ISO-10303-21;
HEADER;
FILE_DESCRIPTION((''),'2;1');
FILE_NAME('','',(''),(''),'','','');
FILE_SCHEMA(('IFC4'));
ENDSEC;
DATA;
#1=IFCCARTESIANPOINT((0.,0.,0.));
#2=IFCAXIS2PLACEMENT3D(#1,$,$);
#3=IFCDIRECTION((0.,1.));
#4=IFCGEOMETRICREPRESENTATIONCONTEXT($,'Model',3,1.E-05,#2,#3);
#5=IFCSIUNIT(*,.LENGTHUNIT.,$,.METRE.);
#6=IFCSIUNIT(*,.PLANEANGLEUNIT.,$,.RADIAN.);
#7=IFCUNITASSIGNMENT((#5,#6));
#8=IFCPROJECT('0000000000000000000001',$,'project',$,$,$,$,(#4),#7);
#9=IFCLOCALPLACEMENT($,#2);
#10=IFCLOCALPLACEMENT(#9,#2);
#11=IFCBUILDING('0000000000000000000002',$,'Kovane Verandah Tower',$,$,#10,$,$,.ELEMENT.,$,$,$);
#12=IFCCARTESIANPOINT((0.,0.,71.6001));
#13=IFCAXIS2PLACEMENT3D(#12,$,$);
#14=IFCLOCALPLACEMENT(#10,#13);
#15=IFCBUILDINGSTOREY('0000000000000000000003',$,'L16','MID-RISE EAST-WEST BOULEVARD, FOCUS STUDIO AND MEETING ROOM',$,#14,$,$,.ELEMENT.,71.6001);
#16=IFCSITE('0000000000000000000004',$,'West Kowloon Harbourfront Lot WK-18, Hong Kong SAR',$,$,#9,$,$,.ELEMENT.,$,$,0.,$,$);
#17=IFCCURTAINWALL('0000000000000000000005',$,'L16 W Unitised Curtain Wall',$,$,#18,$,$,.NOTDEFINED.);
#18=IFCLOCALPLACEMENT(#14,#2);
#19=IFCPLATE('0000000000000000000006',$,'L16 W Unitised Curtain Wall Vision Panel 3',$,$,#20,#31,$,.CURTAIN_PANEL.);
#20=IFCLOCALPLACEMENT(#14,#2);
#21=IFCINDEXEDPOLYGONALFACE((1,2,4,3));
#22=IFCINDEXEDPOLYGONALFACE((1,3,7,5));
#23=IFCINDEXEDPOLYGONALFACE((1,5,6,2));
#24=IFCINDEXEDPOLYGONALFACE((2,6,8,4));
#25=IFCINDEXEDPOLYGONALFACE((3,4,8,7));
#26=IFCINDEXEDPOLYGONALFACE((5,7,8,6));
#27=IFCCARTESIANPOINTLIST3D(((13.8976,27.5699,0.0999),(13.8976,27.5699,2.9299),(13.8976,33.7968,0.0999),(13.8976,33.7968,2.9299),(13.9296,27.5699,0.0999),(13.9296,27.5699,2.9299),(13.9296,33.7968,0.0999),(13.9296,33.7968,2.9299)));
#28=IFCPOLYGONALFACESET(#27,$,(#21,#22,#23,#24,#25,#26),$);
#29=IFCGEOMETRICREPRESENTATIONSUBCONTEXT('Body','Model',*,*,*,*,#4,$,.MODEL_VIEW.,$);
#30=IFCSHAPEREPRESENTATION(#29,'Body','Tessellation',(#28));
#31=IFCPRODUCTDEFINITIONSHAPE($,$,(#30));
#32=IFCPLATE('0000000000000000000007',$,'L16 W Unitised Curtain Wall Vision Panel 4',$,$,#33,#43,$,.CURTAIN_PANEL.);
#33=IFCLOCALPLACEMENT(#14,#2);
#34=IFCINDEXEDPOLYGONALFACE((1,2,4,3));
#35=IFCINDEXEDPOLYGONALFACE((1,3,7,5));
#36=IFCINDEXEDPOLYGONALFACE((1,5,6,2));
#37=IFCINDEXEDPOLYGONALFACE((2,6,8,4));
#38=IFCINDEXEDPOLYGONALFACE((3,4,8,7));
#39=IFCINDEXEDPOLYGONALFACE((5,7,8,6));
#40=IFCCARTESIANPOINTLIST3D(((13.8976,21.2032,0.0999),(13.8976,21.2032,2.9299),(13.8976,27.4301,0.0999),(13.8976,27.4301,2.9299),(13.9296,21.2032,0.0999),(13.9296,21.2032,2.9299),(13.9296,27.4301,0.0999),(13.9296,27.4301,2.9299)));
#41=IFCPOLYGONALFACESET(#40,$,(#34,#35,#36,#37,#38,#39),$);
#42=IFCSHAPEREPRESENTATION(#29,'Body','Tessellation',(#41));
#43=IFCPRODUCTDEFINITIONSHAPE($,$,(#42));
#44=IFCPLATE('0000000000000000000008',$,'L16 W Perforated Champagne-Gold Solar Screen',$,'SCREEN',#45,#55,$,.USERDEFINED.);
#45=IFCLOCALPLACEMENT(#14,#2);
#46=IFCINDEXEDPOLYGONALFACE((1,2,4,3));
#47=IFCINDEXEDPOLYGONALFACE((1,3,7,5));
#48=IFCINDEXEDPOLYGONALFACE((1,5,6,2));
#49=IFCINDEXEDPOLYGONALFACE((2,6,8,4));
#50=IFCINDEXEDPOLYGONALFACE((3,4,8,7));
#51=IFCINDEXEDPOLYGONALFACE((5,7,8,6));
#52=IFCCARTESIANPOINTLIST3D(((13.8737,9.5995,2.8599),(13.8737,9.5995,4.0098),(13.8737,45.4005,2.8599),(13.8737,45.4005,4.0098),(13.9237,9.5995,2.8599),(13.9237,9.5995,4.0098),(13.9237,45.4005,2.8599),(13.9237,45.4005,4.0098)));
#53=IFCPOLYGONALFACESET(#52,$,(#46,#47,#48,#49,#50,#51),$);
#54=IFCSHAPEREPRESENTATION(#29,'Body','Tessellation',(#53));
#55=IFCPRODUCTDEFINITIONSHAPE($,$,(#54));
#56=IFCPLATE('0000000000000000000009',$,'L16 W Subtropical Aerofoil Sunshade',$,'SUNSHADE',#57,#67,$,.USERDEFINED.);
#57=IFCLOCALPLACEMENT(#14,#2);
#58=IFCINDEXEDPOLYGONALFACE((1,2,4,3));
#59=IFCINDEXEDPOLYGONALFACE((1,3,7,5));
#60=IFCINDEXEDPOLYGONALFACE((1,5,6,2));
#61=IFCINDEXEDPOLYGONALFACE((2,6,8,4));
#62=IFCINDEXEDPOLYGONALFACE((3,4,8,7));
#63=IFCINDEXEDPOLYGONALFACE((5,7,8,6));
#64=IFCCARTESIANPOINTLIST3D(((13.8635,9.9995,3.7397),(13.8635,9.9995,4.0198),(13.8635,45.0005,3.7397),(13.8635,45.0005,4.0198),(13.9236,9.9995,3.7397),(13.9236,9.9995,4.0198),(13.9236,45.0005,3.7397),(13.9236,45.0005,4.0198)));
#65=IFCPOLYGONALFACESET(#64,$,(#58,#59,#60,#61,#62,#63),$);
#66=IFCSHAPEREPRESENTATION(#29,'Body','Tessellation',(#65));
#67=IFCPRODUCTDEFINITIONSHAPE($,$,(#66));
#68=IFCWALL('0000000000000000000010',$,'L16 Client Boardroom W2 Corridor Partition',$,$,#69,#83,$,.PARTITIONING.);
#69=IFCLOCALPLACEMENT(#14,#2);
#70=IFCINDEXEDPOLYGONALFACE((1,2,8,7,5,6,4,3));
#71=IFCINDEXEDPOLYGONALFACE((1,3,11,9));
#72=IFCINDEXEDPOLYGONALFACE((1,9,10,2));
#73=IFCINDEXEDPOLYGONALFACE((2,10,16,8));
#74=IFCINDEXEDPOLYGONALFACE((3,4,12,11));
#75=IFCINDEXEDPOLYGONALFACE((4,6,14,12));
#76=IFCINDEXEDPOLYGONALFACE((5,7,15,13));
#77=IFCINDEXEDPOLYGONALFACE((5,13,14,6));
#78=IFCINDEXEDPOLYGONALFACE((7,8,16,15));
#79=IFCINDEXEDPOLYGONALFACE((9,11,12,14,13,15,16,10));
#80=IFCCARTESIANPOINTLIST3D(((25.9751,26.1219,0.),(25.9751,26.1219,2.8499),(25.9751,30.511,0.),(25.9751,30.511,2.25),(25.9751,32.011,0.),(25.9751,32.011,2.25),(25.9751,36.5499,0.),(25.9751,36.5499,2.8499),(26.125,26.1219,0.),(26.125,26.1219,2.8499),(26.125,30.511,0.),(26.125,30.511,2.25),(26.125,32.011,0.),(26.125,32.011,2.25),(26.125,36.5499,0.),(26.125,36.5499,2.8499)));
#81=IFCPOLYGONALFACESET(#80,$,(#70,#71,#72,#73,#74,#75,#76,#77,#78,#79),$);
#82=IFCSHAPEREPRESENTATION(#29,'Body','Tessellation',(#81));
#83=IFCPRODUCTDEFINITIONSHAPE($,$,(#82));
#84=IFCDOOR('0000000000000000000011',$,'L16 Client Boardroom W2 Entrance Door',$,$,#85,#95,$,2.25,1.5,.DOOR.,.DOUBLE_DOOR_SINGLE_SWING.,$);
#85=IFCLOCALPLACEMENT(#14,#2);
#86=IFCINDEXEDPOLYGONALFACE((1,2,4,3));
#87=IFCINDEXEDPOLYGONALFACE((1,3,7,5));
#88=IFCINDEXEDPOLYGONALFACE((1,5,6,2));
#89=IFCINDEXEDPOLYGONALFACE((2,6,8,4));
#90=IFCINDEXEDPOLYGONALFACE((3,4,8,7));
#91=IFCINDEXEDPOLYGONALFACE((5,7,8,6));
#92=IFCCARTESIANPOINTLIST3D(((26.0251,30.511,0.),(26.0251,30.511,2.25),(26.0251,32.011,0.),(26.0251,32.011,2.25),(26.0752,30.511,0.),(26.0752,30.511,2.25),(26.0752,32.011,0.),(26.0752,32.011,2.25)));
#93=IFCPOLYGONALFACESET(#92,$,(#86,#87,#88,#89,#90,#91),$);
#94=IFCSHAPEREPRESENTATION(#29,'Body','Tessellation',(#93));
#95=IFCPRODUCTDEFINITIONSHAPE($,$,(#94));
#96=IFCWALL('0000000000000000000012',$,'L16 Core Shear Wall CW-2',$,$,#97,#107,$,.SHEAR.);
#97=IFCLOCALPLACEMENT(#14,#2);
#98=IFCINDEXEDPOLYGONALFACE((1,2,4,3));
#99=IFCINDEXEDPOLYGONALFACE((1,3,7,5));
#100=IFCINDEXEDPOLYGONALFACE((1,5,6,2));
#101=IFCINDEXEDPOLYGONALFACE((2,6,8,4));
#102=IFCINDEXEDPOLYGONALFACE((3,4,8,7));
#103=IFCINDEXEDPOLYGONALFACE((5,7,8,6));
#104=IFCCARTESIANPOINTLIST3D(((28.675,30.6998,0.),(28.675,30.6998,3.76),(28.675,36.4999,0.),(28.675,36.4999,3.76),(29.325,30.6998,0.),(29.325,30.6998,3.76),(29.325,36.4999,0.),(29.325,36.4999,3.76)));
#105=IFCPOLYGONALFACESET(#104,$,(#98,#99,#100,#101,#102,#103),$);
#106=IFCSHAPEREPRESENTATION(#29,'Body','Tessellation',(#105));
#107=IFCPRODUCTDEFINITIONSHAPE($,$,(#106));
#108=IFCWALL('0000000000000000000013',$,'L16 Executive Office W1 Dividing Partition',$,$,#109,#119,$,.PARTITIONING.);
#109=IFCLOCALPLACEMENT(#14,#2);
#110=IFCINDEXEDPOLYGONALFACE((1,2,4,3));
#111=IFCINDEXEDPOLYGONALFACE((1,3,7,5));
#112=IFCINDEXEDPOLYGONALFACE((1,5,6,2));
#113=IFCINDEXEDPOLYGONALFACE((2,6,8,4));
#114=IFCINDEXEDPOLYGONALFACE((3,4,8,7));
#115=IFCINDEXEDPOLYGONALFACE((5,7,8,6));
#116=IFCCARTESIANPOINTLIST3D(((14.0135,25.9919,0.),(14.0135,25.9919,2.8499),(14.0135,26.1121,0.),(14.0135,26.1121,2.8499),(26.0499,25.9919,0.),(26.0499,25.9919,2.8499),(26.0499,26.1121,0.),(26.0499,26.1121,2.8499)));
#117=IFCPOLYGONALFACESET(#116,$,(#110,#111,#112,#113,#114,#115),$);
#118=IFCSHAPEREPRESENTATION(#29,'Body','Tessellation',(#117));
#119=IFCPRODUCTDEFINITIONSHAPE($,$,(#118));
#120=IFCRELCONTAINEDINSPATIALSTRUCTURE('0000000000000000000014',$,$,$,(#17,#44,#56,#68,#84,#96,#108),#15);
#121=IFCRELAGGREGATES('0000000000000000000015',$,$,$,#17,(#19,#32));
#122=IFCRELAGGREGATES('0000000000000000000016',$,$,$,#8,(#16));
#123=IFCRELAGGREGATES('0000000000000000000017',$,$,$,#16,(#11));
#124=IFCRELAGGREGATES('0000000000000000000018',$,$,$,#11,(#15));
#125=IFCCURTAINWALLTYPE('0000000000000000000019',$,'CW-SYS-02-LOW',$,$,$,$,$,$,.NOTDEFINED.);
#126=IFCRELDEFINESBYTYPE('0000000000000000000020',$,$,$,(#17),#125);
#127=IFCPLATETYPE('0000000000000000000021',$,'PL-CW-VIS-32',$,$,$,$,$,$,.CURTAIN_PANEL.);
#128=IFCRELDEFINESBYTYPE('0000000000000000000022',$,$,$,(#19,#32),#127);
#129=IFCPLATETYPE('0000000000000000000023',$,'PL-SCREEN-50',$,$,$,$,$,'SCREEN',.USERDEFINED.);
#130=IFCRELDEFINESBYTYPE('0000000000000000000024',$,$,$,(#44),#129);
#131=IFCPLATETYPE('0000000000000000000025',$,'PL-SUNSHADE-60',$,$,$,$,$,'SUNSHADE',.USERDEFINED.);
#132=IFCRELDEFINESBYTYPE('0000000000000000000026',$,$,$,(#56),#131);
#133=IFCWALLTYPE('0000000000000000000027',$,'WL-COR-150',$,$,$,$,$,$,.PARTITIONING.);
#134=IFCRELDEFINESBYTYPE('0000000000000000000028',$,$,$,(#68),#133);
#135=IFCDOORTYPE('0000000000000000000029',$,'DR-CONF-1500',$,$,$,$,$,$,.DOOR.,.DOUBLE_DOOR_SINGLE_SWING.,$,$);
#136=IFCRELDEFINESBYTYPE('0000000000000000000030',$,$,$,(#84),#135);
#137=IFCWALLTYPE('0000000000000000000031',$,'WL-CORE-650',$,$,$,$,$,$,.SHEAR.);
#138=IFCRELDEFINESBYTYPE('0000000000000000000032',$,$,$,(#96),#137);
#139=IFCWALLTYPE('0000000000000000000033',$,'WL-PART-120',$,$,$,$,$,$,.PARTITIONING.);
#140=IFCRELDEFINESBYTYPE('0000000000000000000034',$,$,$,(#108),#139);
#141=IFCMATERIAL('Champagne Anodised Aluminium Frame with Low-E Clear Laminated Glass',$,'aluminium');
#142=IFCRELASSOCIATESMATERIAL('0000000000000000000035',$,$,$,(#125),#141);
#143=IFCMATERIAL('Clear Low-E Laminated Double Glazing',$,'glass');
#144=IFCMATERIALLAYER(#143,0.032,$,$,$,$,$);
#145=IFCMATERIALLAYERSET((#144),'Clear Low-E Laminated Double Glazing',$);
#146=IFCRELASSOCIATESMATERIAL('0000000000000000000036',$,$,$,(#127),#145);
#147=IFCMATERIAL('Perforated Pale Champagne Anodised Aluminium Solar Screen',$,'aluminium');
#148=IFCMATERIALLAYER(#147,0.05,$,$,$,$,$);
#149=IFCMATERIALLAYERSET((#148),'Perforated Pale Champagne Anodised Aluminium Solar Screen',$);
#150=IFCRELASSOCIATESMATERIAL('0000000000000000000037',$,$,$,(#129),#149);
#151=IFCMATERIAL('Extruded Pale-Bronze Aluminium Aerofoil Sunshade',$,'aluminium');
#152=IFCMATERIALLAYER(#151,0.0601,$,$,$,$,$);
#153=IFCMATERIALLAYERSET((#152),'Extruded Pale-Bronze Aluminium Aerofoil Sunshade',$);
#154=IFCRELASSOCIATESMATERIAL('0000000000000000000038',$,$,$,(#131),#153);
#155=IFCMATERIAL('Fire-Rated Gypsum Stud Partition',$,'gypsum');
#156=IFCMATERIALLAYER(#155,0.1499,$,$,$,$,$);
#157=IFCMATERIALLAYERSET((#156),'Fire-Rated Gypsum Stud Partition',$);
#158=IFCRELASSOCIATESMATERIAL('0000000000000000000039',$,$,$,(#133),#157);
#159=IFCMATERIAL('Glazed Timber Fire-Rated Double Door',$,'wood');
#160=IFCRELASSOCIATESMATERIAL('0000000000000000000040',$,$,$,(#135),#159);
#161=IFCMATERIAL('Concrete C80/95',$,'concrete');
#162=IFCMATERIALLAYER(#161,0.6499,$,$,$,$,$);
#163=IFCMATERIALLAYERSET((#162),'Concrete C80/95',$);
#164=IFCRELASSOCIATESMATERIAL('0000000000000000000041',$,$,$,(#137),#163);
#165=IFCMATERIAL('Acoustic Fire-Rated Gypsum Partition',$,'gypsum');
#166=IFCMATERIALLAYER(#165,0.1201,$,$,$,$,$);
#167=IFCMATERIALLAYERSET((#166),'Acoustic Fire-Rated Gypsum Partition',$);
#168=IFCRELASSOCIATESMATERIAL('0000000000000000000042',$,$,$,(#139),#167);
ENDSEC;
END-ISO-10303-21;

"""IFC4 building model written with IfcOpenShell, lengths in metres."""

from ifc_helpers import new_model, si_unit, direction, frame, frame_2d, origin, origin_2d, place, context, subcontext, project, spatial, rectangle, extrude, material, layer, layer_set, type_object, element, fill, aggregate, save


model = new_model("IFC4")

# Units and contexts
model_context = context("Model", 3, precision=1e-05, world=origin(), true_north=direction((0.0, 1.0)))
body_context = subcontext(model_context, "Body", "Model", "MODEL_VIEW")
ifc_project = project(units=[si_unit("LENGTHUNIT", "METRE"), si_unit("PLANEANGLEUNIT", "RADIAN")], contexts=[model_context])

# Site, building, storey
site_placement = place(None, origin())
site = spatial("IfcSite", under=ifc_project, at=site_placement, Name="West Kowloon Harbourfront Lot WK-18, Hong Kong SAR", CompositionType="ELEMENT", RefElevation=0.0)
building_placement = place(site_placement, origin())
building = spatial("IfcBuilding", under=site, at=building_placement, Name="Kovane Verandah Tower", CompositionType="ELEMENT")
storey_placement = place(building_placement, frame((0.0, 0.0, 71.6001)))
storey = spatial("IfcBuildingStorey", under=building, at=storey_placement, Name="L16", Description="MID-RISE EAST-WEST BOULEVARD, FOCUS STUDIO AND MEETING ROOM", CompositionType="ELEMENT", Elevation=71.6001)

# Shared definitions
ifc_material_1 = material(Name="Concrete C80/95", Category="concrete")

# Curtain wall, plates
ifc_material_2 = material(Name="Champagne Anodised Aluminium Frame with Low-E Clear Laminated Glass", Category="aluminium")
curtain_wall_type = type_object("IfcCurtainWallType", Name="CW-SYS-02-LOW", PredefinedType="NOTDEFINED", material=ifc_material_2)
curtain_wall_placement = place(storey_placement, origin())
curtain_wall = element("IfcCurtainWall", 1, at=curtain_wall_placement, inside=storey, type_object=curtain_wall_type, Name="L16 W Unitised Curtain Wall", PredefinedType="NOTDEFINED")
ifc_material_3 = material(Name="Clear Low-E Laminated Double Glazing", Category="glass")
ifc_layer_1 = layer(ifc_material_3, 0.032)
ifc_layer_set_1 = layer_set([ifc_layer_1], Name="Clear Low-E Laminated Double Glazing")
plate_type_1 = type_object("IfcPlateType", Name="PL-CW-VIS-32", PredefinedType="CURTAIN_PANEL", material=ifc_layer_set_1)
plate_1_placement = place(storey_placement, frame((13.9136, 30.6833, 0.0999), z_axis=(0.0, 0.0, 1.0), x_axis=(0.0, -1.0, 0.0)))
plate_1 = element("IfcPlate", 2, at=plate_1_placement, type_object=plate_type_1, Name="L16 W Unitised Curtain Wall Vision Panel 3", PredefinedType="CURTAIN_PANEL", context=body_context, shape_type="SweptSolid", body=[
    extrude(rectangle(XDim=6.2268, YDim=0.032, at=origin_2d()), origin(), (0.0, 0.0, 1.0), 2.8301),
])
plate_2_placement = place(storey_placement, frame((13.9136, 24.3167, 0.0999), z_axis=(0.0, 0.0, 1.0), x_axis=(0.0, -1.0, 0.0)))
plate_2 = element("IfcPlate", 3, at=plate_2_placement, type_object=plate_type_1, Name="L16 W Unitised Curtain Wall Vision Panel 4", PredefinedType="CURTAIN_PANEL", context=body_context, shape_type="SweptSolid", body=[
    extrude(rectangle(XDim=6.2268, YDim=0.032, at=origin_2d()), origin(), (0.0, 0.0, 1.0), 2.8301),
])
aggregate(curtain_wall, [plate_1, plate_2])

# Plates
ifc_material_4 = material(Name="Perforated Pale Champagne Anodised Aluminium Solar Screen", Category="aluminium")
ifc_layer_2 = layer(ifc_material_4, 0.05)
ifc_layer_set_2 = layer_set([ifc_layer_2], Name="Perforated Pale Champagne Anodised Aluminium Solar Screen")
plate_type_2 = type_object("IfcPlateType", Name="PL-SCREEN-50", ElementType="SCREEN", PredefinedType="USERDEFINED", material=ifc_layer_set_2)
plate_3_placement = place(storey_placement, frame((13.8987, 27.5, 2.8599), z_axis=(0.0, 0.0, 1.0), x_axis=(0.0, -1.0, 0.0)))
element("IfcPlate", 4, at=plate_3_placement, inside=storey, type_object=plate_type_2, Name="L16 W Perforated Champagne-Gold Solar Screen", ObjectType="SCREEN", PredefinedType="USERDEFINED", context=body_context, shape_type="SweptSolid", body=[
    extrude(rectangle(XDim=35.801, YDim=0.05, at=origin_2d()), origin(), (0.0, 0.0, 1.0), 1.1499),
])
ifc_material_5 = material(Name="Extruded Pale-Bronze Aluminium Aerofoil Sunshade", Category="aluminium")
ifc_layer_3 = layer(ifc_material_5, 0.0601)
ifc_layer_set_3 = layer_set([ifc_layer_3], Name="Extruded Pale-Bronze Aluminium Aerofoil Sunshade")
plate_type_3 = type_object("IfcPlateType", Name="PL-SUNSHADE-60", ElementType="SUNSHADE", PredefinedType="USERDEFINED", material=ifc_layer_set_3)
plate_4_placement = place(storey_placement, frame((13.8936, 27.5, 3.7397), z_axis=(0.0, 0.0, 1.0), x_axis=(0.0, -1.0, 0.0)))
element("IfcPlate", 5, at=plate_4_placement, inside=storey, type_object=plate_type_3, Name="L16 W Subtropical Aerofoil Sunshade", ObjectType="SUNSHADE", PredefinedType="USERDEFINED", context=body_context, shape_type="SweptSolid", body=[
    extrude(rectangle(XDim=35.001, YDim=0.0601, at=origin_2d()), origin(), (0.0, 0.0, 1.0), 0.28),
])

# Wall, opening, door
ifc_material_6 = material(Name="Fire-Rated Gypsum Stud Partition", Category="gypsum")
ifc_layer_4 = layer(ifc_material_6, 0.1499)
ifc_layer_set_4 = layer_set([ifc_layer_4], Name="Fire-Rated Gypsum Stud Partition")
wall_type_1 = type_object("IfcWallType", Name="WL-COR-150", PredefinedType="PARTITIONING", material=ifc_layer_set_4)
wall_1_placement = place(storey_placement, frame((26.05, 26.1221, 0.0), z_axis=(0.0, 0.0, 1.0), x_axis=(0.0, 1.0, 0.0)))
wall_1 = element("IfcWall", 6, at=wall_1_placement, inside=storey, type_object=wall_type_1, Name="L16 Client Boardroom W2 Corridor Partition", PredefinedType="PARTITIONING", context=body_context, shape_type="SweptSolid", body=[
    extrude(rectangle(XDim=10.428, YDim=0.1499, at=frame_2d((5.2139, 0.0))), origin(), (0.0, 0.0, 1.0), 2.8499),
])
opening_1_placement = place(wall_1_placement, frame((4.3889, 0.0, 0.0)))
opening_1 = element("IfcOpeningElement", 7, at=opening_1_placement, cuts=wall_1, PredefinedType="OPENING", context=body_context, shape_type="SweptSolid", body=[
    extrude(rectangle(XDim=1.5, YDim=2.25, at=frame_2d((0.75, 1.125))), frame((0.0, 0.075, 0.0), z_axis=(0.0, -1.0, 0.0), x_axis=(1.0, 0.0, 0.0)), (0.0, 0.0, 1.0), 0.1499),
])
ifc_material_7 = material(Name="Glazed Timber Fire-Rated Double Door", Category="wood")
door_type_1 = type_object("IfcDoorType", Name="DR-CONF-1500", OperationType="DOUBLE_DOOR_SINGLE_SWING", PredefinedType="DOOR", material=ifc_material_7)
door_1_placement = place(opening_1_placement, origin())
door_1 = element("IfcDoor", 8, at=door_1_placement, inside=storey, type_object=door_type_1, Name="L16 Client Boardroom W2 Entrance Door", OperationType="DOUBLE_DOOR_SINGLE_SWING", OverallHeight=2.25, OverallWidth=1.5, PredefinedType="DOOR", context=body_context, shape_type="SweptSolid", body=[
    extrude(rectangle(XDim=1.5, YDim=2.25, at=frame_2d((0.75, 1.125))), frame((0.0, 0.0249, 0.0), z_axis=(0.0, -1.0, 0.0), x_axis=(1.0, 0.0, 0.0)), (0.0, 0.0, 1.0), 0.05),
])
fill(opening_1, door_1)

# Wall
ifc_layer_5 = layer(ifc_material_1, 0.6499)
ifc_layer_set_5 = layer_set([ifc_layer_5], Name="Concrete C80/95")
wall_type_2 = type_object("IfcWallType", Name="WL-CORE-650", PredefinedType="SHEAR", material=ifc_layer_set_5)
wall_2_placement = place(storey_placement, frame((29.0, 30.7, 0.0), z_axis=(0.0, 0.0, 1.0), x_axis=(0.0, 1.0, 0.0)))
element("IfcWall", 9, at=wall_2_placement, inside=storey, type_object=wall_type_2, Name="L16 Core Shear Wall CW-2", PredefinedType="SHEAR", context=body_context, shape_type="SweptSolid", body=[
    extrude(rectangle(XDim=5.8, YDim=0.6499, at=frame_2d((2.8999, 0.0))), origin(), (0.0, 0.0, 1.0), 3.76),
])

# Wall
ifc_material_8 = material(Name="Acoustic Fire-Rated Gypsum Partition", Category="gypsum")
ifc_layer_6 = layer(ifc_material_8, 0.1201)
ifc_layer_set_6 = layer_set([ifc_layer_6], Name="Acoustic Fire-Rated Gypsum Partition")
wall_type_3 = type_object("IfcWallType", Name="WL-PART-120", PredefinedType="PARTITIONING", material=ifc_layer_set_6)
wall_3_placement = place(storey_placement, frame((14.0137, 26.052, 0.0), z_axis=(0.0, 0.0, 1.0), x_axis=(1.0, 0.0, 0.0)))
element("IfcWall", 10, at=wall_3_placement, inside=storey, type_object=wall_type_3, Name="L16 Executive Office W1 Dividing Partition", PredefinedType="PARTITIONING", context=body_context, shape_type="SweptSolid", body=[
    extrude(rectangle(XDim=12.0364, YDim=0.1201, at=frame_2d((6.0181, 0.0))), origin(), (0.0, 0.0, 1.0), 2.8499),
])

save(model, "model.ifc")
